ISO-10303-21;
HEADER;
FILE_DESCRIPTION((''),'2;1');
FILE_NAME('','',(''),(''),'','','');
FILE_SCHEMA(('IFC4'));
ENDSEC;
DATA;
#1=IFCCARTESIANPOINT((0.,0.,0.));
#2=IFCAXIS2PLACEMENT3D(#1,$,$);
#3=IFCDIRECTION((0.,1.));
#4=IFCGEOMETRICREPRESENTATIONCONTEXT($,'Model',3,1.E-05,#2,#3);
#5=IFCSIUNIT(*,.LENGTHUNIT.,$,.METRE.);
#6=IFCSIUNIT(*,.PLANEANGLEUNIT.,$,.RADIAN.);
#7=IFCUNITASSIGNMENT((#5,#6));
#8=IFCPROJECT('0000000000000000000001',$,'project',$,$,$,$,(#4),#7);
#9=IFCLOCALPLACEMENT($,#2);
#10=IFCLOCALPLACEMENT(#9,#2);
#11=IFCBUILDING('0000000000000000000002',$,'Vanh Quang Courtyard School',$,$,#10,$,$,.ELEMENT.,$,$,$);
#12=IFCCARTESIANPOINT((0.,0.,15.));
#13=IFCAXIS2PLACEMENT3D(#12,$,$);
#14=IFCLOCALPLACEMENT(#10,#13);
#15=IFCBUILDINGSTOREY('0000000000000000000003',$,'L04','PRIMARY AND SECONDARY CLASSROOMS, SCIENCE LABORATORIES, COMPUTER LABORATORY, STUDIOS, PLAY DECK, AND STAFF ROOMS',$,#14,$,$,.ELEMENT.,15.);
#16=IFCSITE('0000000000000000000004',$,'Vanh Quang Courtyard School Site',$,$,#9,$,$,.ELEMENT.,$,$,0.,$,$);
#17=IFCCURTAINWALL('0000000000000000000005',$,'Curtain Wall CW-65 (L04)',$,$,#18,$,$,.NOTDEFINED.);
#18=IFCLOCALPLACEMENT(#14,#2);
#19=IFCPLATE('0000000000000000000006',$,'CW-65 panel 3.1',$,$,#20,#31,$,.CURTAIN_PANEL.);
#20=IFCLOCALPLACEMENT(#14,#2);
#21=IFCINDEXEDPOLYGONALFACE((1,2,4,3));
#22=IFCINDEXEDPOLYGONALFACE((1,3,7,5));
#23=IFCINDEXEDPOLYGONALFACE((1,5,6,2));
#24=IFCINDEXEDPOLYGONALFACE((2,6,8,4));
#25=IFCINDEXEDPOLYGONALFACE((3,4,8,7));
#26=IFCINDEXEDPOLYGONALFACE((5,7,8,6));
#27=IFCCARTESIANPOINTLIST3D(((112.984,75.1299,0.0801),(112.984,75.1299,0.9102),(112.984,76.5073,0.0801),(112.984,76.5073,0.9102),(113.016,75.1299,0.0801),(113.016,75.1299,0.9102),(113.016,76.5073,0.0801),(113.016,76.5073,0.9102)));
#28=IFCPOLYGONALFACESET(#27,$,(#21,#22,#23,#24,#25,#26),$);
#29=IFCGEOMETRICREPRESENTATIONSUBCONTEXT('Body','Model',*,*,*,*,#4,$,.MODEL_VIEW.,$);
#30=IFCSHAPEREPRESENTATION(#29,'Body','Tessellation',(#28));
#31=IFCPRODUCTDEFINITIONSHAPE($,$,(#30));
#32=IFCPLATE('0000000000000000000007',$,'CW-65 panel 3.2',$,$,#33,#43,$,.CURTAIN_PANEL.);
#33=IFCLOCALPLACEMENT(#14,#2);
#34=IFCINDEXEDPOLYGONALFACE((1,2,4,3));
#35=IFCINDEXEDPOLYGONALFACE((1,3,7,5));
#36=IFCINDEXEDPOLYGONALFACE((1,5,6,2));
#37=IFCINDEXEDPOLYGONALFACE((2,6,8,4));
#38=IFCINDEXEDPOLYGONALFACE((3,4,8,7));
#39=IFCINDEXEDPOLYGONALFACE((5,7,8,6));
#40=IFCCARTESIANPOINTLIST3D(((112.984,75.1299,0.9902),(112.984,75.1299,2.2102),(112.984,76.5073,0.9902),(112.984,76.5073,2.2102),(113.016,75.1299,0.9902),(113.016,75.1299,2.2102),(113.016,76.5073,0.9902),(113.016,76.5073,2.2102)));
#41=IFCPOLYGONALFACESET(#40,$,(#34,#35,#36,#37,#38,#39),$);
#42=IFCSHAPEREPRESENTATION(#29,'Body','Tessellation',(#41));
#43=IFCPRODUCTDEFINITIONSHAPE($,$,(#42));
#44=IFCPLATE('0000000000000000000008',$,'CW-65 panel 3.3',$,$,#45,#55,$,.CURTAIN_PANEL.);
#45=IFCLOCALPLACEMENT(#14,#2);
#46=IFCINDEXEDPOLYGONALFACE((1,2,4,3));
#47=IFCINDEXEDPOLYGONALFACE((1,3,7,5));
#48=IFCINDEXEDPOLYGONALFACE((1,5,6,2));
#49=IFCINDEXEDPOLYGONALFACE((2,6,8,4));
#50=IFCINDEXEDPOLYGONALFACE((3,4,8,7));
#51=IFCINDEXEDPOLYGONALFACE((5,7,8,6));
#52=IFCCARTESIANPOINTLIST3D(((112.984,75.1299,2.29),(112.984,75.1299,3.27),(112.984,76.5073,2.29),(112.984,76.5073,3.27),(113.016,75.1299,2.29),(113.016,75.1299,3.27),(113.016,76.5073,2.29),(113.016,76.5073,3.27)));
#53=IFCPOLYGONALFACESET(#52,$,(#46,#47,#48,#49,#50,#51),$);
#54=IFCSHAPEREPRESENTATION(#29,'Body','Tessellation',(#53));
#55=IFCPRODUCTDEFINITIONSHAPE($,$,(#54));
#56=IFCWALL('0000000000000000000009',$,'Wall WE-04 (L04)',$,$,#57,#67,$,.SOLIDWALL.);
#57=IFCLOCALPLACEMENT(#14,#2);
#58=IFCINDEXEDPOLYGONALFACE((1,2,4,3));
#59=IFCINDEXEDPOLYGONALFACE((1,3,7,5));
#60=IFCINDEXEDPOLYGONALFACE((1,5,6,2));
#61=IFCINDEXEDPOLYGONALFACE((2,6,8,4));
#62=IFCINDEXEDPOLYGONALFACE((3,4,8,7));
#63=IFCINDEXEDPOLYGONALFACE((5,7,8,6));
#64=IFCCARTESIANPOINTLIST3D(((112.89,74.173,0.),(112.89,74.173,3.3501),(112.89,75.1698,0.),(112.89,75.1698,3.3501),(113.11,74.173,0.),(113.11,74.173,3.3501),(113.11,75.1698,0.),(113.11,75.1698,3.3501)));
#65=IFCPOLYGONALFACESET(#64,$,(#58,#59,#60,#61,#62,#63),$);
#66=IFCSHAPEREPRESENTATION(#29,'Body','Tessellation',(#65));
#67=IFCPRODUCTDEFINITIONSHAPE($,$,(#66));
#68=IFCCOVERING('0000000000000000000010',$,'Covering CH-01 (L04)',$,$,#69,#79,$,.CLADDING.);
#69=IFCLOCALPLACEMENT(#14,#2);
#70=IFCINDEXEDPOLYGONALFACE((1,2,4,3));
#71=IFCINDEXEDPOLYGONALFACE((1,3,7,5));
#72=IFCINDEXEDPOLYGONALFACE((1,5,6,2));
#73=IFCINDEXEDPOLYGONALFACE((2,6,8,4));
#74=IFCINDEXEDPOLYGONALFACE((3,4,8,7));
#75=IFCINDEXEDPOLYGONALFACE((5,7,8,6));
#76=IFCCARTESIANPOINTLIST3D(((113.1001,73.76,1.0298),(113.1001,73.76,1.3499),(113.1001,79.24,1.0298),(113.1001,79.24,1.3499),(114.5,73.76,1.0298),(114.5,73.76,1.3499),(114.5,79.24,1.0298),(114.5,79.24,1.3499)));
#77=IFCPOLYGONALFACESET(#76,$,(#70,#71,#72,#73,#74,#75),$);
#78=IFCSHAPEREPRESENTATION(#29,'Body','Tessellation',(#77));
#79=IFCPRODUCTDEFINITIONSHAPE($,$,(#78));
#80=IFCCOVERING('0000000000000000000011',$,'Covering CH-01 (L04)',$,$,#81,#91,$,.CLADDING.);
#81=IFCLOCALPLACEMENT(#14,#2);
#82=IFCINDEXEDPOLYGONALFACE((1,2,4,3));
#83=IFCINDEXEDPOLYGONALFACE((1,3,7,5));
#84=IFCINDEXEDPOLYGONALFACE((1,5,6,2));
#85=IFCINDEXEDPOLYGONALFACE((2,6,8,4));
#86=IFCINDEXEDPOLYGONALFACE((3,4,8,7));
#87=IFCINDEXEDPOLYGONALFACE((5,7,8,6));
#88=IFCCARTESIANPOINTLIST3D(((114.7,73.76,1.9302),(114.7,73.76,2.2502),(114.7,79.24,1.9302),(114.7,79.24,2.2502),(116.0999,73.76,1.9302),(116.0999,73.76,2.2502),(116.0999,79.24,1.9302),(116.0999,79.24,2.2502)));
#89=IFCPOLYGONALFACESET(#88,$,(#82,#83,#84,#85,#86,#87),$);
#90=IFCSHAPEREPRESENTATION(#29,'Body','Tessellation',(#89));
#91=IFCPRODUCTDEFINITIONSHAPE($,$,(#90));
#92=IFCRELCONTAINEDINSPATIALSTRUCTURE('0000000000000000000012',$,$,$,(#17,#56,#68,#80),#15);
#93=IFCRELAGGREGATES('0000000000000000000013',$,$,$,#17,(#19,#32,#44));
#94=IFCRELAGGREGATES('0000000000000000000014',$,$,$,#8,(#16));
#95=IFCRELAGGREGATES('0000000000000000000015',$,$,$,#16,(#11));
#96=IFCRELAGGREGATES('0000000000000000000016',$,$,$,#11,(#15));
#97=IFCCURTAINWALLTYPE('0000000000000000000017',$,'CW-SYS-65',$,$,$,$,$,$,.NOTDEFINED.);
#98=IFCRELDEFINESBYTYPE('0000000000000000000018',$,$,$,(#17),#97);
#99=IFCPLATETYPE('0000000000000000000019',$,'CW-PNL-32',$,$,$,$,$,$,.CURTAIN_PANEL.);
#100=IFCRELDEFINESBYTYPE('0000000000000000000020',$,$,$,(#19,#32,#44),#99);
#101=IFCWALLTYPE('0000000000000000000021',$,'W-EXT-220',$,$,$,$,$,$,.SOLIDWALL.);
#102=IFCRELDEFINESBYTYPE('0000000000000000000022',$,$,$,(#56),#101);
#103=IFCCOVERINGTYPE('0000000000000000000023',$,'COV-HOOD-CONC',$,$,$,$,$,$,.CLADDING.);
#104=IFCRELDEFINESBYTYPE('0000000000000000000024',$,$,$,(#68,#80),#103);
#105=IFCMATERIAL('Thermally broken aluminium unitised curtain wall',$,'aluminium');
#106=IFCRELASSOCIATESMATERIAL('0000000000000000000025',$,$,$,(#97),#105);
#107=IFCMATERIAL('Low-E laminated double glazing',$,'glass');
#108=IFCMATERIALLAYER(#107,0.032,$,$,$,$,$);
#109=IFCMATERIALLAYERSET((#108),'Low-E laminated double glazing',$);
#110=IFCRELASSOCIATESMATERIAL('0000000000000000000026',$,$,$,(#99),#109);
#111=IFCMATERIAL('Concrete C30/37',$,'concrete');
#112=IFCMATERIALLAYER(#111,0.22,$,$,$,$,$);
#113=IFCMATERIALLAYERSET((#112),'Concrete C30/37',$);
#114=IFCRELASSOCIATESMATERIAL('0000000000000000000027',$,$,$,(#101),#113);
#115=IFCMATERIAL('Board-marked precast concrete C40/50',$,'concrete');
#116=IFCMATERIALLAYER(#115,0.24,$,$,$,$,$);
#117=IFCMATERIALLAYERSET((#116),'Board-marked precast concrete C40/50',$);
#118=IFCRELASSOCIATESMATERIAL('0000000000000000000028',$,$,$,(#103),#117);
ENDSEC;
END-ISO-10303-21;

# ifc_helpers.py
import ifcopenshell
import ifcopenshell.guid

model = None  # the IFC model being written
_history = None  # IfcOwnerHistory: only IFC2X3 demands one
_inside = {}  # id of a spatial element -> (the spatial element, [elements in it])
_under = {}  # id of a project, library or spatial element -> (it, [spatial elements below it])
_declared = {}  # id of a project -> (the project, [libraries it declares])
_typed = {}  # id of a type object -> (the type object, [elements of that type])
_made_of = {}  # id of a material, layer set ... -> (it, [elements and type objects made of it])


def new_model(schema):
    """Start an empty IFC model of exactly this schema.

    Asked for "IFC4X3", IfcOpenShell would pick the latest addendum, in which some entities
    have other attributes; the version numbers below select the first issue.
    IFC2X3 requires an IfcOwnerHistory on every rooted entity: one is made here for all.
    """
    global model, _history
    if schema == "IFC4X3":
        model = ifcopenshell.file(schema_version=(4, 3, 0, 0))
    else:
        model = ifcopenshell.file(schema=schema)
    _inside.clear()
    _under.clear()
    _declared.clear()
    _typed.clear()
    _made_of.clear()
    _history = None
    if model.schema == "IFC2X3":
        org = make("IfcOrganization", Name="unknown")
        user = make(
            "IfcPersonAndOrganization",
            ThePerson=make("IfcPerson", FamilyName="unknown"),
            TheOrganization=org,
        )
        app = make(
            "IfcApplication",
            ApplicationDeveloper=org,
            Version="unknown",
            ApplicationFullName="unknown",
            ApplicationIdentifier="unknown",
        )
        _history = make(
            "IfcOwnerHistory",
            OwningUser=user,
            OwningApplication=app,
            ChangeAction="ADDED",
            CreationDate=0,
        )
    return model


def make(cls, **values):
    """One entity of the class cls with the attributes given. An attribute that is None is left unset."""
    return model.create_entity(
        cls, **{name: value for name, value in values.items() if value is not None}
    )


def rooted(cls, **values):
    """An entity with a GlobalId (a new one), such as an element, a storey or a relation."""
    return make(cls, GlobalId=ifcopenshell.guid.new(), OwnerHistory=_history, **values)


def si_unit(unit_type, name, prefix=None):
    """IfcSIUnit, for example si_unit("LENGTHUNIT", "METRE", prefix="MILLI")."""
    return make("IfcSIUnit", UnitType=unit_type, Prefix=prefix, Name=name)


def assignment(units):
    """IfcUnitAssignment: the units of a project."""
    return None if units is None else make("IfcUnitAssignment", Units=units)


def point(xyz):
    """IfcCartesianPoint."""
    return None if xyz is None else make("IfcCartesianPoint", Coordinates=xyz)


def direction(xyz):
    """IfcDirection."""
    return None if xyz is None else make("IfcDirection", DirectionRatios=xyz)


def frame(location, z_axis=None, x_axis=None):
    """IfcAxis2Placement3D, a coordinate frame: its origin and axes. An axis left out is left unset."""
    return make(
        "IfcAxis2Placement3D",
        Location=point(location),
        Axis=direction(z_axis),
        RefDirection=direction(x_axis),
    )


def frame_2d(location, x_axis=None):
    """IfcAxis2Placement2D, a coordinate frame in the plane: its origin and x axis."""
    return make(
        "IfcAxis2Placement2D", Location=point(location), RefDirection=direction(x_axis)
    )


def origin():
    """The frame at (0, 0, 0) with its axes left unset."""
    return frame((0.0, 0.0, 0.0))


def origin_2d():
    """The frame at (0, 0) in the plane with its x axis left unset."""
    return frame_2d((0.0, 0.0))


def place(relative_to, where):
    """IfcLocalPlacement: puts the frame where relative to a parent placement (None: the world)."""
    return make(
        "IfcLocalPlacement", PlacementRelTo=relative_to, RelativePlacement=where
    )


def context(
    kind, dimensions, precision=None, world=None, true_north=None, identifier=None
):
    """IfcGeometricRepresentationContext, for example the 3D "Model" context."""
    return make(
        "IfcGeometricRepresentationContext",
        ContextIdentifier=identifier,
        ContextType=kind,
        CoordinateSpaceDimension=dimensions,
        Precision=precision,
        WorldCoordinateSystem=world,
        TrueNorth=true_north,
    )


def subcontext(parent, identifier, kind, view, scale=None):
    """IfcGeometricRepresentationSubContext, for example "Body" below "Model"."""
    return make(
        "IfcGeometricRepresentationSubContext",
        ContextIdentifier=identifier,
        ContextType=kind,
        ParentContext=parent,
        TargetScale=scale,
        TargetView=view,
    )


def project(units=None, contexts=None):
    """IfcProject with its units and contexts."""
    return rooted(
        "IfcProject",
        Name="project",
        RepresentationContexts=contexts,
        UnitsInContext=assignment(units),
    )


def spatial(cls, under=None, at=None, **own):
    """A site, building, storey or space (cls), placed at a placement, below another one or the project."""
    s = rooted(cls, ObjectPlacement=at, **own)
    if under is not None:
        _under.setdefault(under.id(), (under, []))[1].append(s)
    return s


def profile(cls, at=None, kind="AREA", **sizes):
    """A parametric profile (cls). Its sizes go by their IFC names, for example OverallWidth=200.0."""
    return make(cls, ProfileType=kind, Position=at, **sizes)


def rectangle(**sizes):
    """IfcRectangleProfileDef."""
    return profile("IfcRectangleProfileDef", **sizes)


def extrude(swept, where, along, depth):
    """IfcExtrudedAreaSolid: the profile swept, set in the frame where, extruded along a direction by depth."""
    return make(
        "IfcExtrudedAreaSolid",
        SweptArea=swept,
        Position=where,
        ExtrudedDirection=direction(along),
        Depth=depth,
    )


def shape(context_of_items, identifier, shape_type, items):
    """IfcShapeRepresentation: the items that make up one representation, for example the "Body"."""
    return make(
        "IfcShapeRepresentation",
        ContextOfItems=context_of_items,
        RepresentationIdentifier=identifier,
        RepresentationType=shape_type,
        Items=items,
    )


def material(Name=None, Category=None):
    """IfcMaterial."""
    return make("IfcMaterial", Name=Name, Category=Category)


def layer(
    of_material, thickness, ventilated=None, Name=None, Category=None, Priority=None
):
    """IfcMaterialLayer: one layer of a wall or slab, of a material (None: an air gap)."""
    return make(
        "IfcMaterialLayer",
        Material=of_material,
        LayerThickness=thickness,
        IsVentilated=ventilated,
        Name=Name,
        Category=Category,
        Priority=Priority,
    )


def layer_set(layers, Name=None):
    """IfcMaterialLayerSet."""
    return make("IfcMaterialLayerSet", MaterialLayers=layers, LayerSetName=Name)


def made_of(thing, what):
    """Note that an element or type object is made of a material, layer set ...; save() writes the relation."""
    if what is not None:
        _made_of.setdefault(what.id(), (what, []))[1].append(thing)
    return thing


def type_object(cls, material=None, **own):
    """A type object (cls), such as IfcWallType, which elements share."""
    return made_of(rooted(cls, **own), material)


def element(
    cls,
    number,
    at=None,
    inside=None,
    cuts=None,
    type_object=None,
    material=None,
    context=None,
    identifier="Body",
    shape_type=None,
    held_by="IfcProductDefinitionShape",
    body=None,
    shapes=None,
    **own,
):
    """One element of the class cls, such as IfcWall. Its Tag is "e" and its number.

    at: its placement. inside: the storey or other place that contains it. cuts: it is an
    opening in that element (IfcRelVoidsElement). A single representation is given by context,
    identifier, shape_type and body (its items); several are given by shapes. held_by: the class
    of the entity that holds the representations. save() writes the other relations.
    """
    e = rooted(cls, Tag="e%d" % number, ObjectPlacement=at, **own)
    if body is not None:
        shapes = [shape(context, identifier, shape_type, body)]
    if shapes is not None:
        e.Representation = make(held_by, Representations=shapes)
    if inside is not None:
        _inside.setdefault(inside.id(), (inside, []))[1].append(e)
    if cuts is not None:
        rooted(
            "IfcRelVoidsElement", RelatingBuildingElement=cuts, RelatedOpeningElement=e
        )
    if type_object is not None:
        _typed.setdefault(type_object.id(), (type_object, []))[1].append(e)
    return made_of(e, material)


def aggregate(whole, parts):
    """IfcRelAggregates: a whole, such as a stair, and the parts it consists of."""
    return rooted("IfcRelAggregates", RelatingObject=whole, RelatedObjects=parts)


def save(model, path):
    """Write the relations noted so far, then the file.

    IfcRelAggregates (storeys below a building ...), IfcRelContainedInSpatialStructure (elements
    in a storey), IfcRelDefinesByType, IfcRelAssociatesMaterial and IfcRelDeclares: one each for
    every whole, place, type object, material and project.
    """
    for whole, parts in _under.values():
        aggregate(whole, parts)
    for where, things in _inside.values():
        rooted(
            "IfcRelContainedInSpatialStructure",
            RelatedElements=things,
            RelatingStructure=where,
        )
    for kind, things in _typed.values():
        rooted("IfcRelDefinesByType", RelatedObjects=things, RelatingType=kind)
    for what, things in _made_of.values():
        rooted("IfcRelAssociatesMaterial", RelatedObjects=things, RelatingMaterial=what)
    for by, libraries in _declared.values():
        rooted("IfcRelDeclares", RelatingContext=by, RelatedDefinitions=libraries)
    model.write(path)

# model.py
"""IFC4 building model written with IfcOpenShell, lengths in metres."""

from ifc_helpers import new_model, si_unit, direction, frame, frame_2d, origin, origin_2d, place, context, subcontext, project, spatial, rectangle, extrude, material, layer, layer_set, type_object, element, aggregate, save


model = new_model("IFC4")

# Units and contexts
model_context = context("Model", 3, precision=1e-05, world=origin(), true_north=direction((0.0, 1.0)))
body_context = subcontext(model_context, "Body", "Model", "MODEL_VIEW")
ifc_project = project(units=[si_unit("LENGTHUNIT", "METRE"), si_unit("PLANEANGLEUNIT", "RADIAN")], contexts=[model_context])

# Site, building, storey
site_placement = place(None, origin())
site = spatial("IfcSite", under=ifc_project, at=site_placement, Name="Vanh Quang Courtyard School Site", CompositionType="ELEMENT", RefElevation=0.0)
building_placement = place(site_placement, origin())
building = spatial("IfcBuilding", under=site, at=building_placement, Name="Vanh Quang Courtyard School", CompositionType="ELEMENT")
storey_placement = place(building_placement, frame((0.0, 0.0, 15.0)))
storey = spatial("IfcBuildingStorey", under=building, at=storey_placement, Name="L04", Description="PRIMARY AND SECONDARY CLASSROOMS, SCIENCE LABORATORIES, COMPUTER LABORATORY, STUDIOS, PLAY DECK, AND STAFF ROOMS", CompositionType="ELEMENT", Elevation=15.0)

# Curtain wall, plates
ifc_material_1 = material(Name="Thermally broken aluminium unitised curtain wall", Category="aluminium")
curtain_wall_type = type_object("IfcCurtainWallType", Name="CW-SYS-65", PredefinedType="NOTDEFINED", material=ifc_material_1)
curtain_wall_placement = place(storey_placement, origin())
curtain_wall = element("IfcCurtainWall", 1, at=curtain_wall_placement, inside=storey, type_object=curtain_wall_type, Name="Curtain Wall CW-65 (L04)", PredefinedType="NOTDEFINED")
ifc_material_2 = material(Name="Low-E laminated double glazing", Category="glass")
ifc_layer_1 = layer(ifc_material_2, 0.032)
ifc_layer_set_1 = layer_set([ifc_layer_1], Name="Low-E laminated double glazing")
plate_type = type_object("IfcPlateType", Name="CW-PNL-32", PredefinedType="CURTAIN_PANEL", material=ifc_layer_set_1)
plate_1_placement = place(storey_placement, frame((113.0, 75.8186, 0.0801), z_axis=(0.0, 0.0, 1.0), x_axis=(0.0, -1.0, 0.0)))
plate_1 = element("IfcPlate", 2, at=plate_1_placement, type_object=plate_type, Name="CW-65 panel 3.1", PredefinedType="CURTAIN_PANEL", context=body_context, shape_type="SweptSolid", body=[
    extrude(rectangle(XDim=1.3774, YDim=0.032, at=origin_2d()), origin(), (0.0, 0.0, 1.0), 0.8301),
])
plate_2_placement = place(storey_placement, frame((113.0, 75.8186, 0.9902), z_axis=(0.0, 0.0, 1.0), x_axis=(0.0, -1.0, 0.0)))
plate_2 = element("IfcPlate", 3, at=plate_2_placement, type_object=plate_type, Name="CW-65 panel 3.2", PredefinedType="CURTAIN_PANEL", context=body_context, shape_type="SweptSolid", body=[
    extrude(rectangle(XDim=1.3774, YDim=0.032, at=origin_2d()), origin(), (0.0, 0.0, 1.0), 1.22),
])
plate_3_placement = place(storey_placement, frame((113.0, 75.8186, 2.29), z_axis=(0.0, 0.0, 1.0), x_axis=(0.0, -1.0, 0.0)))
plate_3 = element("IfcPlate", 4, at=plate_3_placement, type_object=plate_type, Name="CW-65 panel 3.3", PredefinedType="CURTAIN_PANEL", context=body_context, shape_type="SweptSolid", body=[
    extrude(rectangle(XDim=1.3774, YDim=0.032, at=origin_2d()), origin(), (0.0, 0.0, 1.0), 0.98),
])
aggregate(curtain_wall, [plate_1, plate_2, plate_3])

# Wall
ifc_material_3 = material(Name="Concrete C30/37", Category="concrete")
ifc_layer_2 = layer(ifc_material_3, 0.22)
ifc_layer_set_2 = layer_set([ifc_layer_2], Name="Concrete C30/37")
wall_type = type_object("IfcWallType", Name="W-EXT-220", PredefinedType="SOLIDWALL", material=ifc_layer_set_2)
wall_placement = place(storey_placement, frame((113.0, 75.1699, 0.0), z_axis=(0.0, 0.0, 1.0), x_axis=(0.0, -1.0, 0.0)))
element("IfcWall", 5, at=wall_placement, inside=storey, type_object=wall_type, Name="Wall WE-04 (L04)", PredefinedType="SOLIDWALL", context=body_context, shape_type="SweptSolid", body=[
    extrude(rectangle(XDim=0.9968, YDim=0.22, at=frame_2d((0.4985, 0.0))), origin(), (0.0, 0.0, 1.0), 3.3501),
])

# Coverings
ifc_material_4 = material(Name="Board-marked precast concrete C40/50", Category="concrete")
ifc_layer_3 = layer(ifc_material_4, 0.24)
ifc_layer_set_3 = layer_set([ifc_layer_3], Name="Board-marked precast concrete C40/50")
covering_type = type_object("IfcCoveringType", Name="COV-HOOD-CONC", PredefinedType="CLADDING", material=ifc_layer_set_3)
for number, where, z_axis, x_axis, name in (
    (6, (113.8, 76.5, 1.0298), (0.0, 0.0, 1.0), (1.0, 0.0, 0.0), "Covering CH-01 (L04)"),
    (7, (115.3999, 76.5, 1.9302), (0.0, 0.0, 1.0), (1.0, 0.0, 0.0), "Covering CH-01 (L04)"),
):
    element("IfcCovering", number, at=place(storey_placement, frame(where, z_axis=z_axis, x_axis=x_axis)), inside=storey, type_object=covering_type, Name=name, PredefinedType="CLADDING", context=body_context, shape_type="SweptSolid", body=[
        extrude(rectangle(XDim=1.3999, YDim=5.48, at=origin_2d()), origin(), (0.0, 0.0, 1.0), 0.3201),
    ])

save(model, "model.ifc")
